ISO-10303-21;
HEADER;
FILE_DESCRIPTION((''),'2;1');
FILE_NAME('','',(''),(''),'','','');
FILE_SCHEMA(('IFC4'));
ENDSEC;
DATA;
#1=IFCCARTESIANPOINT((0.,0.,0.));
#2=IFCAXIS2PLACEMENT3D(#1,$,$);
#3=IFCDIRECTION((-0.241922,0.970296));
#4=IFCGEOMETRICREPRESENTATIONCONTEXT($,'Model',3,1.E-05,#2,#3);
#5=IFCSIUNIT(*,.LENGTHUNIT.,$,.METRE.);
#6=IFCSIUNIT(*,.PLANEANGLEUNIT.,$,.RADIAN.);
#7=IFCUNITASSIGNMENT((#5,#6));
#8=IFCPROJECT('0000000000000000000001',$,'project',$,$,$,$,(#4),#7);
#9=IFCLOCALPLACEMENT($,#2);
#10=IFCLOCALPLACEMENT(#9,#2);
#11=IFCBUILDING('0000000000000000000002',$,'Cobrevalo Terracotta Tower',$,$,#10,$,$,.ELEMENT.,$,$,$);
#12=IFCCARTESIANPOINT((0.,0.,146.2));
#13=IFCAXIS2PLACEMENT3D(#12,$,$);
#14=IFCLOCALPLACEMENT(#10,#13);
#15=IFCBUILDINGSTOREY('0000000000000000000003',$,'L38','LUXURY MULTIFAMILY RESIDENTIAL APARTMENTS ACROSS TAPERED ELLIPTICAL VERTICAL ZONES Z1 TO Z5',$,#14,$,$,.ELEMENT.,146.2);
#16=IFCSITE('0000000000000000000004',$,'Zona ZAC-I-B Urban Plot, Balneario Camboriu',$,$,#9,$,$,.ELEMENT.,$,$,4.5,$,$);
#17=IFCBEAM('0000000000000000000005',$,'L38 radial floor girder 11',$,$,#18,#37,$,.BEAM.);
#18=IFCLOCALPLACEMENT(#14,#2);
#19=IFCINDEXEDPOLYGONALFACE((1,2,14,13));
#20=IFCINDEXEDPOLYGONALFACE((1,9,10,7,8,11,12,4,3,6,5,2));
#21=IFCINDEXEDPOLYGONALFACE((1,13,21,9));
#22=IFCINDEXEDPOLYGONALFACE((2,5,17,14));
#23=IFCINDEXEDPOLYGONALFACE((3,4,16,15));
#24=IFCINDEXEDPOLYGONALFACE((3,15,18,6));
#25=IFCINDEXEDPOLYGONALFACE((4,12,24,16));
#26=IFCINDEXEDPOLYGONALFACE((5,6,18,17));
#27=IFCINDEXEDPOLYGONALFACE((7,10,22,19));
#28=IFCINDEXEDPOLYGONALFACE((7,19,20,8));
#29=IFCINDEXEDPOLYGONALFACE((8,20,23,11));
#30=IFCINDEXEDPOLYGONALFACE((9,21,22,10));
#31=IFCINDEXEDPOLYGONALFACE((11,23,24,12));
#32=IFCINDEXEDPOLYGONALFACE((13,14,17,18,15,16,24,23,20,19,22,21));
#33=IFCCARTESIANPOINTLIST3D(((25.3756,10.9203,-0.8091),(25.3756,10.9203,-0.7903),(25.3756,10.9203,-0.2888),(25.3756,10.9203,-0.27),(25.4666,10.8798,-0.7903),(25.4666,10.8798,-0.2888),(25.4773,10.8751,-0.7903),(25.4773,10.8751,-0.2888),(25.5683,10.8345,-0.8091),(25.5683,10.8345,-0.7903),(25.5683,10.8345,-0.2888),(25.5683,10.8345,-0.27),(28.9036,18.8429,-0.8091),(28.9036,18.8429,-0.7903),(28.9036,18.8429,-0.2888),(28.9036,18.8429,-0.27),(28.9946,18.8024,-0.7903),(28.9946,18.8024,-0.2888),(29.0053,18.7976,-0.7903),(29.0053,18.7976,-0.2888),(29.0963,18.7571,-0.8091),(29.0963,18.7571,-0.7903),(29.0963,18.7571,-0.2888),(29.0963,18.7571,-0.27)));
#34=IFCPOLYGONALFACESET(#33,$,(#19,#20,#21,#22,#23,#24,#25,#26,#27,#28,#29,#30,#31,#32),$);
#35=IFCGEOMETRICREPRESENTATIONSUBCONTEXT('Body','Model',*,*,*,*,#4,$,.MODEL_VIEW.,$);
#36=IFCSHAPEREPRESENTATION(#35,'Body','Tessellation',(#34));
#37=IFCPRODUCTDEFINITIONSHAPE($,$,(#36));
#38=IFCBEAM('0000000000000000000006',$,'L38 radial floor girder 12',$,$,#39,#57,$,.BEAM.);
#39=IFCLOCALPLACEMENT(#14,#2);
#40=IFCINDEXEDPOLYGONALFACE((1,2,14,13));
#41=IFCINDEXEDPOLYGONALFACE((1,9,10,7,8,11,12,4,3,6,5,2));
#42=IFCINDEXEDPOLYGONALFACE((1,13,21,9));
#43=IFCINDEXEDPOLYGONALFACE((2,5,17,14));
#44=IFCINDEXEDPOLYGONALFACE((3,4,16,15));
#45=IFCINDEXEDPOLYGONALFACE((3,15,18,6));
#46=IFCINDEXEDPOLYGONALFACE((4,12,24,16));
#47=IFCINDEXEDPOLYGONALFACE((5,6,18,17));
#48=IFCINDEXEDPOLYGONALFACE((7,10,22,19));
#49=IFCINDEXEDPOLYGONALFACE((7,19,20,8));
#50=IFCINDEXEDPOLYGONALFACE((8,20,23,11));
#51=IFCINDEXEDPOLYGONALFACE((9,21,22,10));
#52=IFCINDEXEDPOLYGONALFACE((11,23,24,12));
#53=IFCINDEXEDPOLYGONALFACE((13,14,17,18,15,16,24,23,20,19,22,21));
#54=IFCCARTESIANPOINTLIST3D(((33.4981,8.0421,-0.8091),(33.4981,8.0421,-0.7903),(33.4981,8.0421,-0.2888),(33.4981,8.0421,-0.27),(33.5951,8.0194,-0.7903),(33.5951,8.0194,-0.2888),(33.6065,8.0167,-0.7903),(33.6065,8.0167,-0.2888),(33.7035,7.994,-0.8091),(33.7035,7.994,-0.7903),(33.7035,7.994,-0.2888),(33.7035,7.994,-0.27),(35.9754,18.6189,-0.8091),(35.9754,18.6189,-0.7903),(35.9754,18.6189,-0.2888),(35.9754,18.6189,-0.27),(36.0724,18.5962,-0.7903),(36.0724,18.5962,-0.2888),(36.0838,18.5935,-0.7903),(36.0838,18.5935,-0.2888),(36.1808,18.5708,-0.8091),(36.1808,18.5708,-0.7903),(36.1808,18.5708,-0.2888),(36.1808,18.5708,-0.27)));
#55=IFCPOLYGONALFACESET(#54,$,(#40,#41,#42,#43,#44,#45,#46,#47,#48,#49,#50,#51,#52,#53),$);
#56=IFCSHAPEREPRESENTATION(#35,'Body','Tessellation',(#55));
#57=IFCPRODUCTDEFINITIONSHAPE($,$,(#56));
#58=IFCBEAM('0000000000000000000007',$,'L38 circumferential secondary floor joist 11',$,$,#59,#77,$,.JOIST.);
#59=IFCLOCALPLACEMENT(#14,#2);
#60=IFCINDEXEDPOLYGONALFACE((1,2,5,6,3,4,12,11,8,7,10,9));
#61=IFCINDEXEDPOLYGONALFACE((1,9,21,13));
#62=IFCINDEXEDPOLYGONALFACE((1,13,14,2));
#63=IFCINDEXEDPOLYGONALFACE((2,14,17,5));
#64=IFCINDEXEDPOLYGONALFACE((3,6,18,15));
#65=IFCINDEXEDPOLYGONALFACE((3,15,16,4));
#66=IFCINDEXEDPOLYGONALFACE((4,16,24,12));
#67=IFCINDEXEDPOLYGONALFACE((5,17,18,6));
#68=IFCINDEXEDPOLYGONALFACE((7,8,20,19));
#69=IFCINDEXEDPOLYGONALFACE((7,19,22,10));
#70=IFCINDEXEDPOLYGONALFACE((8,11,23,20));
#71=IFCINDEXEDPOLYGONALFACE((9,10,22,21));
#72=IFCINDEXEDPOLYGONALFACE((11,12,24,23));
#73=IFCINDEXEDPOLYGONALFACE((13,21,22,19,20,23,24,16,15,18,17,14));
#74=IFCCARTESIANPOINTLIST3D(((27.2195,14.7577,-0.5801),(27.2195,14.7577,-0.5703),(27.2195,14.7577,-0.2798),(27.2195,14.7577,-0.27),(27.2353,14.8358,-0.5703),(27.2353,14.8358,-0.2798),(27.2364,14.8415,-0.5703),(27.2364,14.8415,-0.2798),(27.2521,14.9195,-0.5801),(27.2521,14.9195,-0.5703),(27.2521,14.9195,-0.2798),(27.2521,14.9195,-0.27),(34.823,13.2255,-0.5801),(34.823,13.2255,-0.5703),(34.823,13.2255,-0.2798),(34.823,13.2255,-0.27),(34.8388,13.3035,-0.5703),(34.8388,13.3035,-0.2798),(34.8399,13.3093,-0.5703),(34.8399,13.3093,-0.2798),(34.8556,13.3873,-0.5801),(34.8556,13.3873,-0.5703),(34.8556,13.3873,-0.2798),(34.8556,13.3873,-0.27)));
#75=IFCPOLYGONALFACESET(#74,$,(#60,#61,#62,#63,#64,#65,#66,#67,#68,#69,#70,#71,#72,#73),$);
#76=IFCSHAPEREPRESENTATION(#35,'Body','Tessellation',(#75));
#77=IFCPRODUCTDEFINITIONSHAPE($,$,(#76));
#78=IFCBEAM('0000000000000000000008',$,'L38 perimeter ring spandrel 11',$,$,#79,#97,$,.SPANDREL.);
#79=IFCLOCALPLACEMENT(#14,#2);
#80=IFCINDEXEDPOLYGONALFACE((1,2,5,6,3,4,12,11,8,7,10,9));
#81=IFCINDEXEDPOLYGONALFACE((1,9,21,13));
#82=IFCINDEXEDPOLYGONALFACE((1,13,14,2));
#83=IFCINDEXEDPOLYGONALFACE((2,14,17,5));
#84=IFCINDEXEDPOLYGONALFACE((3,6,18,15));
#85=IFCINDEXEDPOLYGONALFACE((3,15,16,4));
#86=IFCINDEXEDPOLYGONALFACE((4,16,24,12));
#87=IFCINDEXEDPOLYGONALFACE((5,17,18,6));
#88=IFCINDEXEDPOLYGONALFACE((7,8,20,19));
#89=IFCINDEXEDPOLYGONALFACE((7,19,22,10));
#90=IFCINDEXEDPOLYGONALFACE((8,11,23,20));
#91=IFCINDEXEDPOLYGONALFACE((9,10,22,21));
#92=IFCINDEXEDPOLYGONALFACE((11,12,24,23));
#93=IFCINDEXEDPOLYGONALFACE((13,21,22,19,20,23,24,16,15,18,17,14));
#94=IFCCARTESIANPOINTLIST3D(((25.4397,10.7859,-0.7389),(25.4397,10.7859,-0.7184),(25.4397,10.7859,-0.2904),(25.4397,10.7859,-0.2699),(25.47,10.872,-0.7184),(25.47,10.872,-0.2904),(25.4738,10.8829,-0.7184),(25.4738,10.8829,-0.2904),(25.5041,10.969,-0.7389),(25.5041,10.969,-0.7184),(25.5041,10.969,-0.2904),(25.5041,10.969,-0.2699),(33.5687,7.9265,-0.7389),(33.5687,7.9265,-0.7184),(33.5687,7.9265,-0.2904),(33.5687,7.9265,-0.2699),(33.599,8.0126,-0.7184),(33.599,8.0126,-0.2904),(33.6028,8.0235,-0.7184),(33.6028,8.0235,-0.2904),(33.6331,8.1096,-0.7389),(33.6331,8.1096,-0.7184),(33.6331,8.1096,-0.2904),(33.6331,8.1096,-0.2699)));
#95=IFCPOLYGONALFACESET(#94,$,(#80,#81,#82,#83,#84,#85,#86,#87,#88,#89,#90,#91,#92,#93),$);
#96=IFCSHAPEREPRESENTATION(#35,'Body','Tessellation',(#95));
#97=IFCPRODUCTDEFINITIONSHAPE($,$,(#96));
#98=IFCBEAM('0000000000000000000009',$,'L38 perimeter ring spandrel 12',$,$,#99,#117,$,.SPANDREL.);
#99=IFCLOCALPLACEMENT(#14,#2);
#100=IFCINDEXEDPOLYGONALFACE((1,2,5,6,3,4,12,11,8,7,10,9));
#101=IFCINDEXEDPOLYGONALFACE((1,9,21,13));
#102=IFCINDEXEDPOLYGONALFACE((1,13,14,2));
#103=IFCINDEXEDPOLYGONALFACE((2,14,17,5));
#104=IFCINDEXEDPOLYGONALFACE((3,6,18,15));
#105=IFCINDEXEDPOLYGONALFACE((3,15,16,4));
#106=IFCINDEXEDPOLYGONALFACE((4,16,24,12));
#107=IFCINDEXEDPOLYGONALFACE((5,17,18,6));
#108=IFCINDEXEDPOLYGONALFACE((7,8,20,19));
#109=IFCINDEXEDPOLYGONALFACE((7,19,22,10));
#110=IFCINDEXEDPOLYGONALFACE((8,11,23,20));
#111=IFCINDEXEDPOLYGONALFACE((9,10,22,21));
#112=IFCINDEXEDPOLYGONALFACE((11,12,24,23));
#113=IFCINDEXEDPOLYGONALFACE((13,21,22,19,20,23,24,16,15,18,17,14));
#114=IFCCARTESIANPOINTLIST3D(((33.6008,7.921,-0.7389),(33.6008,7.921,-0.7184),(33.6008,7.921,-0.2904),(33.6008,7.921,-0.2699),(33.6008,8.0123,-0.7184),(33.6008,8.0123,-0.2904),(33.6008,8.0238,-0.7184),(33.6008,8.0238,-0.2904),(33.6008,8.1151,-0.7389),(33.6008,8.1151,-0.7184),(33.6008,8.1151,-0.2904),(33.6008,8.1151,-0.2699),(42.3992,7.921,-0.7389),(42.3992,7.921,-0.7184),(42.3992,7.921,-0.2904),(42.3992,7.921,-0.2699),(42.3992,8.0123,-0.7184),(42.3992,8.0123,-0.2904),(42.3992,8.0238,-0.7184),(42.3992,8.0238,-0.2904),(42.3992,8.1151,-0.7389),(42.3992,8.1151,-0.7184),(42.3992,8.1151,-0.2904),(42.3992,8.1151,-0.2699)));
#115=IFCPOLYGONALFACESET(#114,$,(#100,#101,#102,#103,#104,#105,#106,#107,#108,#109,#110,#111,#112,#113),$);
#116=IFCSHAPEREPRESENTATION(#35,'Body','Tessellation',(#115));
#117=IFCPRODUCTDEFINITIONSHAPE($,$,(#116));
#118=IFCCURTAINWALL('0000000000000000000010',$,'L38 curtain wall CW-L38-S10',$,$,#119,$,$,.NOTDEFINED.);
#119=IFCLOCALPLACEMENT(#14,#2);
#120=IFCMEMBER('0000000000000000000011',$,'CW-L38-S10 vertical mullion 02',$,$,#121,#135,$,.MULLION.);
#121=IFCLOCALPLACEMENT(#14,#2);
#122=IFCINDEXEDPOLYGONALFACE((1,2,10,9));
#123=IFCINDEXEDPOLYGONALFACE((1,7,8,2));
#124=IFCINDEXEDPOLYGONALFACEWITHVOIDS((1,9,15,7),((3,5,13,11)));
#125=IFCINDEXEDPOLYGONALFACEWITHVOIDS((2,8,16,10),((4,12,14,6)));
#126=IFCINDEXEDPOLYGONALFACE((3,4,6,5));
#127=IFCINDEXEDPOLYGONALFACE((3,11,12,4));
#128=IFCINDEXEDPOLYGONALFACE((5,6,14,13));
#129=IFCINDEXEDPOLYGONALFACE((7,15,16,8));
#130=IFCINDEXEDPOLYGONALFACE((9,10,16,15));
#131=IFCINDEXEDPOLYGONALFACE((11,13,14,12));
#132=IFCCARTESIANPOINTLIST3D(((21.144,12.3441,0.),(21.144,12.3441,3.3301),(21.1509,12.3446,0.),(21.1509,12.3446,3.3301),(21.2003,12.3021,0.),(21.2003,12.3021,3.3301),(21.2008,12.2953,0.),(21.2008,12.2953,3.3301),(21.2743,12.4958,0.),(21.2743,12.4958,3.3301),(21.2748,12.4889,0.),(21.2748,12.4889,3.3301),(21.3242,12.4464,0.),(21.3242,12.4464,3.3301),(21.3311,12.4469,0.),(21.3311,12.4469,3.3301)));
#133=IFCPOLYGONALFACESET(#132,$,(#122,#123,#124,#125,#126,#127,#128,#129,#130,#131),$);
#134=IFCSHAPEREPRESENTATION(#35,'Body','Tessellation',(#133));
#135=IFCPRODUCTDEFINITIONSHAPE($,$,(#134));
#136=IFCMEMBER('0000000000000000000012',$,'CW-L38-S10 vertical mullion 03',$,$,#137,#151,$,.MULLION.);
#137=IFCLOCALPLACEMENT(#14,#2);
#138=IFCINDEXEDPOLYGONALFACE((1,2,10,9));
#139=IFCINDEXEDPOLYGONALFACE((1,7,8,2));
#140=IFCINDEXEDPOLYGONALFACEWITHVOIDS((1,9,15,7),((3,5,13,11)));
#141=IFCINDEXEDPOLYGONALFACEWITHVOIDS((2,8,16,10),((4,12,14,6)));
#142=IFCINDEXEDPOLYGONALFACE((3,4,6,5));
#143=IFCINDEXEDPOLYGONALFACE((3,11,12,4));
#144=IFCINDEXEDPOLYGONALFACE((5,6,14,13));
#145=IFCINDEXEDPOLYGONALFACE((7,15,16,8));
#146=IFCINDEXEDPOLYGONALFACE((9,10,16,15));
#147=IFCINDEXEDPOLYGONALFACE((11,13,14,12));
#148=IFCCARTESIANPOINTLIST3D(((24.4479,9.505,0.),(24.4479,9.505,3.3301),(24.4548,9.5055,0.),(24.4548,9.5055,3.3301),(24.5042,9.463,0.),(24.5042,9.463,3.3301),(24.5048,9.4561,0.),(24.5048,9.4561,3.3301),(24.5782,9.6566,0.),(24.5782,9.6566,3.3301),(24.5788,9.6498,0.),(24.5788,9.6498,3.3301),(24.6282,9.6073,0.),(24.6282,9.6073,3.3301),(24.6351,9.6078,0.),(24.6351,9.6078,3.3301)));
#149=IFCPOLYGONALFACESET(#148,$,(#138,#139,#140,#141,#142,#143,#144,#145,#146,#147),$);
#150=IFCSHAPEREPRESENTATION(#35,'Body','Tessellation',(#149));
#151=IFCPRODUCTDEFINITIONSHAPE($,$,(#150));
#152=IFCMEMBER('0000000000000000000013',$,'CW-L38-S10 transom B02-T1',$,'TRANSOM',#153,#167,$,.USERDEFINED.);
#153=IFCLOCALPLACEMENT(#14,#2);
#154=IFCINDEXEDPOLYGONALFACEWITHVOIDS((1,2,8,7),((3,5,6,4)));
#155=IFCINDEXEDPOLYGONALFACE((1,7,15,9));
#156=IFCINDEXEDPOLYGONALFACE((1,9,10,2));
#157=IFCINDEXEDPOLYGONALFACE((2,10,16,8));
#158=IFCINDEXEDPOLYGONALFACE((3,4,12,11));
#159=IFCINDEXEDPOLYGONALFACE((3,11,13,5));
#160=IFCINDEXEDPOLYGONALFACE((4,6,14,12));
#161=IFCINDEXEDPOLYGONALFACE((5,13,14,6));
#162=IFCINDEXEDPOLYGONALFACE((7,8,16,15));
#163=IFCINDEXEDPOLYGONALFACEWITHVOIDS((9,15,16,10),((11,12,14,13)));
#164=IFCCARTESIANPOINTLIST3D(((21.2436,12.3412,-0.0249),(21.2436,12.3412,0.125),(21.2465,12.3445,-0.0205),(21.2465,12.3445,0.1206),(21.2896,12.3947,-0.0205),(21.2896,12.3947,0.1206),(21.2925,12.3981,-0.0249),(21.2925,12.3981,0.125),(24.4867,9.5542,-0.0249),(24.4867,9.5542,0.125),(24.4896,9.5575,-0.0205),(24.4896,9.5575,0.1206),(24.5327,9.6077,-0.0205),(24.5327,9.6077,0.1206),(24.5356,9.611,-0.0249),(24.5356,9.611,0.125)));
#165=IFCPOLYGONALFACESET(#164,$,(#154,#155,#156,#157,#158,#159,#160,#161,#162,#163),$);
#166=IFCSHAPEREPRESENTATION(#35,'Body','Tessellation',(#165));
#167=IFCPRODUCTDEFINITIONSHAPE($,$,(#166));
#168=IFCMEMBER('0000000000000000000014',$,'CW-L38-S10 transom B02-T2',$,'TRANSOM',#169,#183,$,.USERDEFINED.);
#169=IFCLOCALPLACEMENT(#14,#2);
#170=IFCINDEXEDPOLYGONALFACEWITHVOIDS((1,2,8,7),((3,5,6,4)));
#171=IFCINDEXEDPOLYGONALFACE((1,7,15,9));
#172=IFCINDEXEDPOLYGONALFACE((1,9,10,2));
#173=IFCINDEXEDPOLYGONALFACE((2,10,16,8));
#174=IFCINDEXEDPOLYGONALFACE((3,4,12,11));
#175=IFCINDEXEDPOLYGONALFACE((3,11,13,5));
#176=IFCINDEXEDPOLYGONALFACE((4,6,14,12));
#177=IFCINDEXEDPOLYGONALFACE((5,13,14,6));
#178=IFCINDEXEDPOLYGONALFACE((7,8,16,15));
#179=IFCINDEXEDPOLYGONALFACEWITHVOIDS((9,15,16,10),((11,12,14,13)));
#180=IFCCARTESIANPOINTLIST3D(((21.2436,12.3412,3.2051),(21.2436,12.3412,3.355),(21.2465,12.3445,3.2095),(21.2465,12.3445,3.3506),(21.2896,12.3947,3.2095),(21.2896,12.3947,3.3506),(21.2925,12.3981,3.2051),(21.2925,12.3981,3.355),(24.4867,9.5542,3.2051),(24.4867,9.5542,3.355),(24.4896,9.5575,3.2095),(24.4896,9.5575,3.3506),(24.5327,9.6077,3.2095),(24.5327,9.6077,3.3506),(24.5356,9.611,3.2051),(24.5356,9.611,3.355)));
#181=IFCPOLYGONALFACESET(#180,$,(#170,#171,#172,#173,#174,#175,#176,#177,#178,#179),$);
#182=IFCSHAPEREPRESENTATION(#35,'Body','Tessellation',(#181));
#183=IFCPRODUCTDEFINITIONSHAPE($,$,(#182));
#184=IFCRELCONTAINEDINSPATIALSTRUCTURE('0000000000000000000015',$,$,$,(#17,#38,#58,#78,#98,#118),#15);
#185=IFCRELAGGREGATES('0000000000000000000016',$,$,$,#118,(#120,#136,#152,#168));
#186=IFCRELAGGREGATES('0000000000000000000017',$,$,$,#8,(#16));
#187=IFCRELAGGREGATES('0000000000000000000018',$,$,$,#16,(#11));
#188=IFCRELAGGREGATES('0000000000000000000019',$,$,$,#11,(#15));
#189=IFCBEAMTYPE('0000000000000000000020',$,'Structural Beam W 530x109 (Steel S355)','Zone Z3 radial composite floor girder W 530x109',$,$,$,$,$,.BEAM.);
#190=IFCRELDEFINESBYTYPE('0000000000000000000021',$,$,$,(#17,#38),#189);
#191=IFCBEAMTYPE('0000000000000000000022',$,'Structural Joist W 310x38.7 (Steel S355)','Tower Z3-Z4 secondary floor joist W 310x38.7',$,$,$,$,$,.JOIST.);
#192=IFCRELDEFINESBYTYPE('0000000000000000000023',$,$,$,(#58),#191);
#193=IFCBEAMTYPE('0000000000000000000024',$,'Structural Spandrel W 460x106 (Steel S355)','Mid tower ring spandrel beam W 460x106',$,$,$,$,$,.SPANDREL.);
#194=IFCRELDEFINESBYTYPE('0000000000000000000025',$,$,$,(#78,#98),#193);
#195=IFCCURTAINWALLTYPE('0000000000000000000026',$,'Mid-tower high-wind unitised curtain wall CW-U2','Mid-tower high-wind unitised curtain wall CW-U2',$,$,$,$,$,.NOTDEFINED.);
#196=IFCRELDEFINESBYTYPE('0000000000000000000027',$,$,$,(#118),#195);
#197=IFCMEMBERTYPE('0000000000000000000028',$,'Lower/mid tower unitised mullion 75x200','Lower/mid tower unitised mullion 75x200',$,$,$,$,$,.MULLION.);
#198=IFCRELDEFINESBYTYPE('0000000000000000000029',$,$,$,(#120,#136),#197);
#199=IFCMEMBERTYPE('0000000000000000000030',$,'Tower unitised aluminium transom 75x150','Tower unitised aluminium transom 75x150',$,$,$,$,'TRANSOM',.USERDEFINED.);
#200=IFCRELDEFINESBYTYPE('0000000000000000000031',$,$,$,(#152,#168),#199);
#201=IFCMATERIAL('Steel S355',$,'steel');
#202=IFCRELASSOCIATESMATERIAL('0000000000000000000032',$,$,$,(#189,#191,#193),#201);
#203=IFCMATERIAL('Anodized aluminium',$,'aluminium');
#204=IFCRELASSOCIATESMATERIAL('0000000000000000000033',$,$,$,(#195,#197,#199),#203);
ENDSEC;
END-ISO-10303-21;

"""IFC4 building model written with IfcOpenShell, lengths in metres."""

from ifc_helpers import new_model, si_unit, direction, frame, origin, origin_2d, place, context, subcontext, project, spatial, hollow_rectangle, i_section, extrude, source, transform, mapped, material, material_profile, profile_set, type_object, element, aggregate, save


model = new_model("IFC4")

# Units and contexts
model_context = context("Model", 3, precision=1e-05, world=origin(), true_north=direction((-0.241922, 0.970296)))
body_context = subcontext(model_context, "Body", "Model", "MODEL_VIEW")
ifc_project = project(units=[si_unit("LENGTHUNIT", "METRE"), si_unit("PLANEANGLEUNIT", "RADIAN")], contexts=[model_context])

# Site, building, storey
site_placement = place(None, origin())
site = spatial("IfcSite", under=ifc_project, at=site_placement, Name="Zona ZAC-I-B Urban Plot, Balneario Camboriu", CompositionType="ELEMENT", RefElevation=4.5)
building_placement = place(site_placement, origin())
building = spatial("IfcBuilding", under=site, at=building_placement, Name="Cobrevalo Terracotta Tower", CompositionType="ELEMENT")
storey_placement = place(building_placement, frame((0.0, 0.0, 146.2)))
storey = spatial("IfcBuildingStorey", under=building, at=storey_placement, Name="L38", Description="LUXURY MULTIFAMILY RESIDENTIAL APARTMENTS ACROSS TAPERED ELLIPTICAL VERTICAL ZONES Z1 TO Z5", CompositionType="ELEMENT", Elevation=146.2)

# Shared definitions
ifc_material_1 = material(Name="Steel S355", Category="steel")

# Beams
ifc_material_profile_1 = material_profile(ifc_material_1, i_section(OverallWidth=0.2109, OverallDepth=0.5391, WebThickness=0.0117, FlangeThickness=0.0188, at=origin_2d()), Name="W 530x109")
ifc_profile_set_1 = profile_set([ifc_material_profile_1], Name="Steel S355")
beam_type_1 = type_object("IfcBeamType", Name="Structural Beam W 530x109 (Steel S355)", Description="Zone Z3 radial composite floor girder W 530x109", PredefinedType="BEAM", material=ifc_profile_set_1)
beam_1_placement = place(storey_placement, frame((25.4719, 10.8774, -0.5396), z_axis=(0.406804, 0.913515, 0.0), x_axis=(-0.913515, 0.406804, 0.0)))
element("IfcBeam", 1, at=beam_1_placement, inside=storey, type_object=beam_type_1, Name="L38 radial floor girder 11", PredefinedType="BEAM", context=body_context, shape_type="SweptSolid", body=[
    extrude(i_section(OverallWidth=0.2109, OverallDepth=0.5391, WebThickness=0.0117, FlangeThickness=0.0188, at=origin_2d()), origin(), (0.0, 0.0, 1.0), 8.6726),
])
beam_2_placement = place(storey_placement, frame((33.6008, 8.0181, -0.5396), z_axis=(0.228046, 0.97365, 0.0), x_axis=(-0.97365, 0.228046, 0.0)))
element("IfcBeam", 2, at=beam_2_placement, inside=storey, type_object=beam_type_1, Name="L38 radial floor girder 12", PredefinedType="BEAM", context=body_context, shape_type="SweptSolid", body=[
    extrude(i_section(OverallWidth=0.2109, OverallDepth=0.5391, WebThickness=0.0117, FlangeThickness=0.0188, at=origin_2d()), origin(), (0.0, 0.0, 1.0), 10.863),
])
ifc_material_profile_2 = material_profile(ifc_material_1, i_section(OverallWidth=0.165, OverallDepth=0.3101, WebThickness=0.0059, FlangeThickness=0.0098, at=origin_2d()), Name="W 310x38.7")
ifc_profile_set_2 = profile_set([ifc_material_profile_2], Name="Steel S355")
beam_type_2 = type_object("IfcBeamType", Name="Structural Joist W 310x38.7 (Steel S355)", Description="Tower Z3-Z4 secondary floor joist W 310x38.7", PredefinedType="JOIST", material=ifc_profile_set_2)
beam_3_placement = place(storey_placement, frame((27.2358, 14.8386, -0.425), z_axis=(0.980294, -0.197544, 0.0), x_axis=(0.197544, 0.980294, 0.0)))
element("IfcBeam", 3, at=beam_3_placement, inside=storey, type_object=beam_type_2, Name="L38 circumferential secondary floor joist 11", PredefinedType="JOIST", context=body_context, shape_type="SweptSolid", body=[
    extrude(i_section(OverallWidth=0.165, OverallDepth=0.3101, WebThickness=0.0059, FlangeThickness=0.0098, at=origin_2d()), origin(), (0.0, 0.0, 1.0), 7.7563),
])
ifc_material_profile_3 = material_profile(ifc_material_1, i_section(OverallWidth=0.1941, OverallDepth=0.469, WebThickness=0.0115, FlangeThickness=0.0205, at=origin_2d()), Name="W 460x106")
ifc_profile_set_3 = profile_set([ifc_material_profile_3], Name="Steel S355")
beam_type_3 = type_object("IfcBeamType", Name="Structural Spandrel W 460x106 (Steel S355)", Description="Mid tower ring spandrel beam W 460x106", PredefinedType="SPANDREL", material=ifc_profile_set_3)
beam_4_placement = place(storey_placement, frame((25.4719, 10.8774, -0.5044), z_axis=(0.943341, -0.331824, 0.0), x_axis=(0.331824, 0.943341, 0.0)))
element("IfcBeam", 4, at=beam_4_placement, inside=storey, type_object=beam_type_3, Name="L38 perimeter ring spandrel 11", PredefinedType="SPANDREL", context=body_context, shape_type="SweptSolid", body=[
    extrude(i_section(OverallWidth=0.1941, OverallDepth=0.469, WebThickness=0.0115, FlangeThickness=0.0205, at=origin_2d()), origin(), (0.0, 0.0, 1.0), 8.6172),
])
beam_5_placement = place(storey_placement, frame((33.6008, 8.0181, -0.5044), z_axis=(1.0, 0.0, 0.0), x_axis=(0.0, 1.0, 0.0)))
element("IfcBeam", 5, at=beam_5_placement, inside=storey, type_object=beam_type_3, Name="L38 perimeter ring spandrel 12", PredefinedType="SPANDREL", context=body_context, shape_type="SweptSolid", body=[
    extrude(i_section(OverallWidth=0.1941, OverallDepth=0.469, WebThickness=0.0115, FlangeThickness=0.0205, at=origin_2d()), origin(), (0.0, 0.0, 1.0), 8.7983),
])

# Curtain wall, members
ifc_material_2 = material(Name="Anodized aluminium", Category="aluminium")
curtain_wall_type = type_object("IfcCurtainWallType", Name="Mid-tower high-wind unitised curtain wall CW-U2", Description="Mid-tower high-wind unitised curtain wall CW-U2", PredefinedType="NOTDEFINED", material=ifc_material_2)
curtain_wall_placement = place(storey_placement, origin())
curtain_wall = element("IfcCurtainWall", 6, at=curtain_wall_placement, inside=storey, type_object=curtain_wall_type, Name="L38 curtain wall CW-L38-S10", PredefinedType="NOTDEFINED")
ifc_material_profile_4 = material_profile(ifc_material_2, hollow_rectangle(XDim=0.075, YDim=0.2, WallThickness=0.0049, at=origin_2d()), Name="CWM 75x200")
ifc_profile_set_4 = profile_set([ifc_material_profile_4], Name="Anodized aluminium")
member_type_1 = type_object("IfcMemberType", Name="Lower/mid tower unitised mullion 75x200", Description="Lower/mid tower unitised mullion 75x200", PredefinedType="MULLION", material=ifc_profile_set_4)
shared_shape_1 = source(origin(), body_context, "Body", "SweptSolid", [
    extrude(hollow_rectangle(XDim=0.075, YDim=0.2, WallThickness=0.0049, at=origin_2d()), origin(), (0.0, 0.0, 1.0), 3.3301),
])
member_1_placement = place(storey_placement, frame((21.2375, 12.3955, 0.0), z_axis=(0.0, 0.0, 1.0), x_axis=(0.758442, -0.651741, 0.0)))
member_1 = element("IfcMember", 7, at=member_1_placement, type_object=member_type_1, Name="CW-L38-S10 vertical mullion 02", PredefinedType="MULLION", context=body_context, shape_type="MappedRepresentation", body=[
    mapped(shared_shape_1, transform((0.0, 0.0, 0.0), scale=1.0)),
])
member_2_placement = place(storey_placement, frame((24.5415, 9.5564, 0.0), z_axis=(0.0, 0.0, 1.0), x_axis=(0.758442, -0.651741, 0.0)))
member_2 = element("IfcMember", 8, at=member_2_placement, type_object=member_type_1, Name="CW-L38-S10 vertical mullion 03", PredefinedType="MULLION", context=body_context, shape_type="MappedRepresentation", body=[
    mapped(shared_shape_1, transform((0.0, 0.0, 0.0), scale=1.0)),
])
ifc_material_profile_5 = material_profile(ifc_material_2, hollow_rectangle(XDim=0.075, YDim=0.1499, WallThickness=0.0044, at=origin_2d()), Name="CWT 75x150")
ifc_profile_set_5 = profile_set([ifc_material_profile_5], Name="Anodized aluminium")
member_type_2 = type_object("IfcMemberType", Name="Tower unitised aluminium transom 75x150", Description="Tower unitised aluminium transom 75x150", ElementType="TRANSOM", PredefinedType="USERDEFINED", material=ifc_profile_set_5)
shared_shape_2 = source(origin(), body_context, "Body", "SweptSolid", [
    extrude(hollow_rectangle(XDim=0.075, YDim=0.1499, WallThickness=0.0044, at=origin_2d()), origin(), (0.0, 0.0, 1.0), 4.2761),
])
member_3_placement = place(storey_placement, frame((21.2681, 12.3696, 0.05), z_axis=(0.758418, -0.651769, 0.0), x_axis=(0.651769, 0.758418, 0.0)))
member_3 = element("IfcMember", 9, at=member_3_placement, type_object=member_type_2, Name="CW-L38-S10 transom B02-T1", ObjectType="TRANSOM", PredefinedType="USERDEFINED", context=body_context, shape_type="MappedRepresentation", body=[
    mapped(shared_shape_2, transform((0.0, 0.0, 0.0), scale=1.0)),
])
member_4_placement = place(storey_placement, frame((21.2681, 12.3696, 3.28), z_axis=(0.758418, -0.651769, 0.0), x_axis=(0.651769, 0.758418, 0.0)))
member_4 = element("IfcMember", 10, at=member_4_placement, type_object=member_type_2, Name="CW-L38-S10 transom B02-T2", ObjectType="TRANSOM", PredefinedType="USERDEFINED", context=body_context, shape_type="MappedRepresentation", body=[
    mapped(shared_shape_2, transform((0.0, 0.0, 0.0), scale=1.0)),
])
aggregate(curtain_wall, [member_1, member_2, member_3, member_4])

save(model, "model.ifc")
